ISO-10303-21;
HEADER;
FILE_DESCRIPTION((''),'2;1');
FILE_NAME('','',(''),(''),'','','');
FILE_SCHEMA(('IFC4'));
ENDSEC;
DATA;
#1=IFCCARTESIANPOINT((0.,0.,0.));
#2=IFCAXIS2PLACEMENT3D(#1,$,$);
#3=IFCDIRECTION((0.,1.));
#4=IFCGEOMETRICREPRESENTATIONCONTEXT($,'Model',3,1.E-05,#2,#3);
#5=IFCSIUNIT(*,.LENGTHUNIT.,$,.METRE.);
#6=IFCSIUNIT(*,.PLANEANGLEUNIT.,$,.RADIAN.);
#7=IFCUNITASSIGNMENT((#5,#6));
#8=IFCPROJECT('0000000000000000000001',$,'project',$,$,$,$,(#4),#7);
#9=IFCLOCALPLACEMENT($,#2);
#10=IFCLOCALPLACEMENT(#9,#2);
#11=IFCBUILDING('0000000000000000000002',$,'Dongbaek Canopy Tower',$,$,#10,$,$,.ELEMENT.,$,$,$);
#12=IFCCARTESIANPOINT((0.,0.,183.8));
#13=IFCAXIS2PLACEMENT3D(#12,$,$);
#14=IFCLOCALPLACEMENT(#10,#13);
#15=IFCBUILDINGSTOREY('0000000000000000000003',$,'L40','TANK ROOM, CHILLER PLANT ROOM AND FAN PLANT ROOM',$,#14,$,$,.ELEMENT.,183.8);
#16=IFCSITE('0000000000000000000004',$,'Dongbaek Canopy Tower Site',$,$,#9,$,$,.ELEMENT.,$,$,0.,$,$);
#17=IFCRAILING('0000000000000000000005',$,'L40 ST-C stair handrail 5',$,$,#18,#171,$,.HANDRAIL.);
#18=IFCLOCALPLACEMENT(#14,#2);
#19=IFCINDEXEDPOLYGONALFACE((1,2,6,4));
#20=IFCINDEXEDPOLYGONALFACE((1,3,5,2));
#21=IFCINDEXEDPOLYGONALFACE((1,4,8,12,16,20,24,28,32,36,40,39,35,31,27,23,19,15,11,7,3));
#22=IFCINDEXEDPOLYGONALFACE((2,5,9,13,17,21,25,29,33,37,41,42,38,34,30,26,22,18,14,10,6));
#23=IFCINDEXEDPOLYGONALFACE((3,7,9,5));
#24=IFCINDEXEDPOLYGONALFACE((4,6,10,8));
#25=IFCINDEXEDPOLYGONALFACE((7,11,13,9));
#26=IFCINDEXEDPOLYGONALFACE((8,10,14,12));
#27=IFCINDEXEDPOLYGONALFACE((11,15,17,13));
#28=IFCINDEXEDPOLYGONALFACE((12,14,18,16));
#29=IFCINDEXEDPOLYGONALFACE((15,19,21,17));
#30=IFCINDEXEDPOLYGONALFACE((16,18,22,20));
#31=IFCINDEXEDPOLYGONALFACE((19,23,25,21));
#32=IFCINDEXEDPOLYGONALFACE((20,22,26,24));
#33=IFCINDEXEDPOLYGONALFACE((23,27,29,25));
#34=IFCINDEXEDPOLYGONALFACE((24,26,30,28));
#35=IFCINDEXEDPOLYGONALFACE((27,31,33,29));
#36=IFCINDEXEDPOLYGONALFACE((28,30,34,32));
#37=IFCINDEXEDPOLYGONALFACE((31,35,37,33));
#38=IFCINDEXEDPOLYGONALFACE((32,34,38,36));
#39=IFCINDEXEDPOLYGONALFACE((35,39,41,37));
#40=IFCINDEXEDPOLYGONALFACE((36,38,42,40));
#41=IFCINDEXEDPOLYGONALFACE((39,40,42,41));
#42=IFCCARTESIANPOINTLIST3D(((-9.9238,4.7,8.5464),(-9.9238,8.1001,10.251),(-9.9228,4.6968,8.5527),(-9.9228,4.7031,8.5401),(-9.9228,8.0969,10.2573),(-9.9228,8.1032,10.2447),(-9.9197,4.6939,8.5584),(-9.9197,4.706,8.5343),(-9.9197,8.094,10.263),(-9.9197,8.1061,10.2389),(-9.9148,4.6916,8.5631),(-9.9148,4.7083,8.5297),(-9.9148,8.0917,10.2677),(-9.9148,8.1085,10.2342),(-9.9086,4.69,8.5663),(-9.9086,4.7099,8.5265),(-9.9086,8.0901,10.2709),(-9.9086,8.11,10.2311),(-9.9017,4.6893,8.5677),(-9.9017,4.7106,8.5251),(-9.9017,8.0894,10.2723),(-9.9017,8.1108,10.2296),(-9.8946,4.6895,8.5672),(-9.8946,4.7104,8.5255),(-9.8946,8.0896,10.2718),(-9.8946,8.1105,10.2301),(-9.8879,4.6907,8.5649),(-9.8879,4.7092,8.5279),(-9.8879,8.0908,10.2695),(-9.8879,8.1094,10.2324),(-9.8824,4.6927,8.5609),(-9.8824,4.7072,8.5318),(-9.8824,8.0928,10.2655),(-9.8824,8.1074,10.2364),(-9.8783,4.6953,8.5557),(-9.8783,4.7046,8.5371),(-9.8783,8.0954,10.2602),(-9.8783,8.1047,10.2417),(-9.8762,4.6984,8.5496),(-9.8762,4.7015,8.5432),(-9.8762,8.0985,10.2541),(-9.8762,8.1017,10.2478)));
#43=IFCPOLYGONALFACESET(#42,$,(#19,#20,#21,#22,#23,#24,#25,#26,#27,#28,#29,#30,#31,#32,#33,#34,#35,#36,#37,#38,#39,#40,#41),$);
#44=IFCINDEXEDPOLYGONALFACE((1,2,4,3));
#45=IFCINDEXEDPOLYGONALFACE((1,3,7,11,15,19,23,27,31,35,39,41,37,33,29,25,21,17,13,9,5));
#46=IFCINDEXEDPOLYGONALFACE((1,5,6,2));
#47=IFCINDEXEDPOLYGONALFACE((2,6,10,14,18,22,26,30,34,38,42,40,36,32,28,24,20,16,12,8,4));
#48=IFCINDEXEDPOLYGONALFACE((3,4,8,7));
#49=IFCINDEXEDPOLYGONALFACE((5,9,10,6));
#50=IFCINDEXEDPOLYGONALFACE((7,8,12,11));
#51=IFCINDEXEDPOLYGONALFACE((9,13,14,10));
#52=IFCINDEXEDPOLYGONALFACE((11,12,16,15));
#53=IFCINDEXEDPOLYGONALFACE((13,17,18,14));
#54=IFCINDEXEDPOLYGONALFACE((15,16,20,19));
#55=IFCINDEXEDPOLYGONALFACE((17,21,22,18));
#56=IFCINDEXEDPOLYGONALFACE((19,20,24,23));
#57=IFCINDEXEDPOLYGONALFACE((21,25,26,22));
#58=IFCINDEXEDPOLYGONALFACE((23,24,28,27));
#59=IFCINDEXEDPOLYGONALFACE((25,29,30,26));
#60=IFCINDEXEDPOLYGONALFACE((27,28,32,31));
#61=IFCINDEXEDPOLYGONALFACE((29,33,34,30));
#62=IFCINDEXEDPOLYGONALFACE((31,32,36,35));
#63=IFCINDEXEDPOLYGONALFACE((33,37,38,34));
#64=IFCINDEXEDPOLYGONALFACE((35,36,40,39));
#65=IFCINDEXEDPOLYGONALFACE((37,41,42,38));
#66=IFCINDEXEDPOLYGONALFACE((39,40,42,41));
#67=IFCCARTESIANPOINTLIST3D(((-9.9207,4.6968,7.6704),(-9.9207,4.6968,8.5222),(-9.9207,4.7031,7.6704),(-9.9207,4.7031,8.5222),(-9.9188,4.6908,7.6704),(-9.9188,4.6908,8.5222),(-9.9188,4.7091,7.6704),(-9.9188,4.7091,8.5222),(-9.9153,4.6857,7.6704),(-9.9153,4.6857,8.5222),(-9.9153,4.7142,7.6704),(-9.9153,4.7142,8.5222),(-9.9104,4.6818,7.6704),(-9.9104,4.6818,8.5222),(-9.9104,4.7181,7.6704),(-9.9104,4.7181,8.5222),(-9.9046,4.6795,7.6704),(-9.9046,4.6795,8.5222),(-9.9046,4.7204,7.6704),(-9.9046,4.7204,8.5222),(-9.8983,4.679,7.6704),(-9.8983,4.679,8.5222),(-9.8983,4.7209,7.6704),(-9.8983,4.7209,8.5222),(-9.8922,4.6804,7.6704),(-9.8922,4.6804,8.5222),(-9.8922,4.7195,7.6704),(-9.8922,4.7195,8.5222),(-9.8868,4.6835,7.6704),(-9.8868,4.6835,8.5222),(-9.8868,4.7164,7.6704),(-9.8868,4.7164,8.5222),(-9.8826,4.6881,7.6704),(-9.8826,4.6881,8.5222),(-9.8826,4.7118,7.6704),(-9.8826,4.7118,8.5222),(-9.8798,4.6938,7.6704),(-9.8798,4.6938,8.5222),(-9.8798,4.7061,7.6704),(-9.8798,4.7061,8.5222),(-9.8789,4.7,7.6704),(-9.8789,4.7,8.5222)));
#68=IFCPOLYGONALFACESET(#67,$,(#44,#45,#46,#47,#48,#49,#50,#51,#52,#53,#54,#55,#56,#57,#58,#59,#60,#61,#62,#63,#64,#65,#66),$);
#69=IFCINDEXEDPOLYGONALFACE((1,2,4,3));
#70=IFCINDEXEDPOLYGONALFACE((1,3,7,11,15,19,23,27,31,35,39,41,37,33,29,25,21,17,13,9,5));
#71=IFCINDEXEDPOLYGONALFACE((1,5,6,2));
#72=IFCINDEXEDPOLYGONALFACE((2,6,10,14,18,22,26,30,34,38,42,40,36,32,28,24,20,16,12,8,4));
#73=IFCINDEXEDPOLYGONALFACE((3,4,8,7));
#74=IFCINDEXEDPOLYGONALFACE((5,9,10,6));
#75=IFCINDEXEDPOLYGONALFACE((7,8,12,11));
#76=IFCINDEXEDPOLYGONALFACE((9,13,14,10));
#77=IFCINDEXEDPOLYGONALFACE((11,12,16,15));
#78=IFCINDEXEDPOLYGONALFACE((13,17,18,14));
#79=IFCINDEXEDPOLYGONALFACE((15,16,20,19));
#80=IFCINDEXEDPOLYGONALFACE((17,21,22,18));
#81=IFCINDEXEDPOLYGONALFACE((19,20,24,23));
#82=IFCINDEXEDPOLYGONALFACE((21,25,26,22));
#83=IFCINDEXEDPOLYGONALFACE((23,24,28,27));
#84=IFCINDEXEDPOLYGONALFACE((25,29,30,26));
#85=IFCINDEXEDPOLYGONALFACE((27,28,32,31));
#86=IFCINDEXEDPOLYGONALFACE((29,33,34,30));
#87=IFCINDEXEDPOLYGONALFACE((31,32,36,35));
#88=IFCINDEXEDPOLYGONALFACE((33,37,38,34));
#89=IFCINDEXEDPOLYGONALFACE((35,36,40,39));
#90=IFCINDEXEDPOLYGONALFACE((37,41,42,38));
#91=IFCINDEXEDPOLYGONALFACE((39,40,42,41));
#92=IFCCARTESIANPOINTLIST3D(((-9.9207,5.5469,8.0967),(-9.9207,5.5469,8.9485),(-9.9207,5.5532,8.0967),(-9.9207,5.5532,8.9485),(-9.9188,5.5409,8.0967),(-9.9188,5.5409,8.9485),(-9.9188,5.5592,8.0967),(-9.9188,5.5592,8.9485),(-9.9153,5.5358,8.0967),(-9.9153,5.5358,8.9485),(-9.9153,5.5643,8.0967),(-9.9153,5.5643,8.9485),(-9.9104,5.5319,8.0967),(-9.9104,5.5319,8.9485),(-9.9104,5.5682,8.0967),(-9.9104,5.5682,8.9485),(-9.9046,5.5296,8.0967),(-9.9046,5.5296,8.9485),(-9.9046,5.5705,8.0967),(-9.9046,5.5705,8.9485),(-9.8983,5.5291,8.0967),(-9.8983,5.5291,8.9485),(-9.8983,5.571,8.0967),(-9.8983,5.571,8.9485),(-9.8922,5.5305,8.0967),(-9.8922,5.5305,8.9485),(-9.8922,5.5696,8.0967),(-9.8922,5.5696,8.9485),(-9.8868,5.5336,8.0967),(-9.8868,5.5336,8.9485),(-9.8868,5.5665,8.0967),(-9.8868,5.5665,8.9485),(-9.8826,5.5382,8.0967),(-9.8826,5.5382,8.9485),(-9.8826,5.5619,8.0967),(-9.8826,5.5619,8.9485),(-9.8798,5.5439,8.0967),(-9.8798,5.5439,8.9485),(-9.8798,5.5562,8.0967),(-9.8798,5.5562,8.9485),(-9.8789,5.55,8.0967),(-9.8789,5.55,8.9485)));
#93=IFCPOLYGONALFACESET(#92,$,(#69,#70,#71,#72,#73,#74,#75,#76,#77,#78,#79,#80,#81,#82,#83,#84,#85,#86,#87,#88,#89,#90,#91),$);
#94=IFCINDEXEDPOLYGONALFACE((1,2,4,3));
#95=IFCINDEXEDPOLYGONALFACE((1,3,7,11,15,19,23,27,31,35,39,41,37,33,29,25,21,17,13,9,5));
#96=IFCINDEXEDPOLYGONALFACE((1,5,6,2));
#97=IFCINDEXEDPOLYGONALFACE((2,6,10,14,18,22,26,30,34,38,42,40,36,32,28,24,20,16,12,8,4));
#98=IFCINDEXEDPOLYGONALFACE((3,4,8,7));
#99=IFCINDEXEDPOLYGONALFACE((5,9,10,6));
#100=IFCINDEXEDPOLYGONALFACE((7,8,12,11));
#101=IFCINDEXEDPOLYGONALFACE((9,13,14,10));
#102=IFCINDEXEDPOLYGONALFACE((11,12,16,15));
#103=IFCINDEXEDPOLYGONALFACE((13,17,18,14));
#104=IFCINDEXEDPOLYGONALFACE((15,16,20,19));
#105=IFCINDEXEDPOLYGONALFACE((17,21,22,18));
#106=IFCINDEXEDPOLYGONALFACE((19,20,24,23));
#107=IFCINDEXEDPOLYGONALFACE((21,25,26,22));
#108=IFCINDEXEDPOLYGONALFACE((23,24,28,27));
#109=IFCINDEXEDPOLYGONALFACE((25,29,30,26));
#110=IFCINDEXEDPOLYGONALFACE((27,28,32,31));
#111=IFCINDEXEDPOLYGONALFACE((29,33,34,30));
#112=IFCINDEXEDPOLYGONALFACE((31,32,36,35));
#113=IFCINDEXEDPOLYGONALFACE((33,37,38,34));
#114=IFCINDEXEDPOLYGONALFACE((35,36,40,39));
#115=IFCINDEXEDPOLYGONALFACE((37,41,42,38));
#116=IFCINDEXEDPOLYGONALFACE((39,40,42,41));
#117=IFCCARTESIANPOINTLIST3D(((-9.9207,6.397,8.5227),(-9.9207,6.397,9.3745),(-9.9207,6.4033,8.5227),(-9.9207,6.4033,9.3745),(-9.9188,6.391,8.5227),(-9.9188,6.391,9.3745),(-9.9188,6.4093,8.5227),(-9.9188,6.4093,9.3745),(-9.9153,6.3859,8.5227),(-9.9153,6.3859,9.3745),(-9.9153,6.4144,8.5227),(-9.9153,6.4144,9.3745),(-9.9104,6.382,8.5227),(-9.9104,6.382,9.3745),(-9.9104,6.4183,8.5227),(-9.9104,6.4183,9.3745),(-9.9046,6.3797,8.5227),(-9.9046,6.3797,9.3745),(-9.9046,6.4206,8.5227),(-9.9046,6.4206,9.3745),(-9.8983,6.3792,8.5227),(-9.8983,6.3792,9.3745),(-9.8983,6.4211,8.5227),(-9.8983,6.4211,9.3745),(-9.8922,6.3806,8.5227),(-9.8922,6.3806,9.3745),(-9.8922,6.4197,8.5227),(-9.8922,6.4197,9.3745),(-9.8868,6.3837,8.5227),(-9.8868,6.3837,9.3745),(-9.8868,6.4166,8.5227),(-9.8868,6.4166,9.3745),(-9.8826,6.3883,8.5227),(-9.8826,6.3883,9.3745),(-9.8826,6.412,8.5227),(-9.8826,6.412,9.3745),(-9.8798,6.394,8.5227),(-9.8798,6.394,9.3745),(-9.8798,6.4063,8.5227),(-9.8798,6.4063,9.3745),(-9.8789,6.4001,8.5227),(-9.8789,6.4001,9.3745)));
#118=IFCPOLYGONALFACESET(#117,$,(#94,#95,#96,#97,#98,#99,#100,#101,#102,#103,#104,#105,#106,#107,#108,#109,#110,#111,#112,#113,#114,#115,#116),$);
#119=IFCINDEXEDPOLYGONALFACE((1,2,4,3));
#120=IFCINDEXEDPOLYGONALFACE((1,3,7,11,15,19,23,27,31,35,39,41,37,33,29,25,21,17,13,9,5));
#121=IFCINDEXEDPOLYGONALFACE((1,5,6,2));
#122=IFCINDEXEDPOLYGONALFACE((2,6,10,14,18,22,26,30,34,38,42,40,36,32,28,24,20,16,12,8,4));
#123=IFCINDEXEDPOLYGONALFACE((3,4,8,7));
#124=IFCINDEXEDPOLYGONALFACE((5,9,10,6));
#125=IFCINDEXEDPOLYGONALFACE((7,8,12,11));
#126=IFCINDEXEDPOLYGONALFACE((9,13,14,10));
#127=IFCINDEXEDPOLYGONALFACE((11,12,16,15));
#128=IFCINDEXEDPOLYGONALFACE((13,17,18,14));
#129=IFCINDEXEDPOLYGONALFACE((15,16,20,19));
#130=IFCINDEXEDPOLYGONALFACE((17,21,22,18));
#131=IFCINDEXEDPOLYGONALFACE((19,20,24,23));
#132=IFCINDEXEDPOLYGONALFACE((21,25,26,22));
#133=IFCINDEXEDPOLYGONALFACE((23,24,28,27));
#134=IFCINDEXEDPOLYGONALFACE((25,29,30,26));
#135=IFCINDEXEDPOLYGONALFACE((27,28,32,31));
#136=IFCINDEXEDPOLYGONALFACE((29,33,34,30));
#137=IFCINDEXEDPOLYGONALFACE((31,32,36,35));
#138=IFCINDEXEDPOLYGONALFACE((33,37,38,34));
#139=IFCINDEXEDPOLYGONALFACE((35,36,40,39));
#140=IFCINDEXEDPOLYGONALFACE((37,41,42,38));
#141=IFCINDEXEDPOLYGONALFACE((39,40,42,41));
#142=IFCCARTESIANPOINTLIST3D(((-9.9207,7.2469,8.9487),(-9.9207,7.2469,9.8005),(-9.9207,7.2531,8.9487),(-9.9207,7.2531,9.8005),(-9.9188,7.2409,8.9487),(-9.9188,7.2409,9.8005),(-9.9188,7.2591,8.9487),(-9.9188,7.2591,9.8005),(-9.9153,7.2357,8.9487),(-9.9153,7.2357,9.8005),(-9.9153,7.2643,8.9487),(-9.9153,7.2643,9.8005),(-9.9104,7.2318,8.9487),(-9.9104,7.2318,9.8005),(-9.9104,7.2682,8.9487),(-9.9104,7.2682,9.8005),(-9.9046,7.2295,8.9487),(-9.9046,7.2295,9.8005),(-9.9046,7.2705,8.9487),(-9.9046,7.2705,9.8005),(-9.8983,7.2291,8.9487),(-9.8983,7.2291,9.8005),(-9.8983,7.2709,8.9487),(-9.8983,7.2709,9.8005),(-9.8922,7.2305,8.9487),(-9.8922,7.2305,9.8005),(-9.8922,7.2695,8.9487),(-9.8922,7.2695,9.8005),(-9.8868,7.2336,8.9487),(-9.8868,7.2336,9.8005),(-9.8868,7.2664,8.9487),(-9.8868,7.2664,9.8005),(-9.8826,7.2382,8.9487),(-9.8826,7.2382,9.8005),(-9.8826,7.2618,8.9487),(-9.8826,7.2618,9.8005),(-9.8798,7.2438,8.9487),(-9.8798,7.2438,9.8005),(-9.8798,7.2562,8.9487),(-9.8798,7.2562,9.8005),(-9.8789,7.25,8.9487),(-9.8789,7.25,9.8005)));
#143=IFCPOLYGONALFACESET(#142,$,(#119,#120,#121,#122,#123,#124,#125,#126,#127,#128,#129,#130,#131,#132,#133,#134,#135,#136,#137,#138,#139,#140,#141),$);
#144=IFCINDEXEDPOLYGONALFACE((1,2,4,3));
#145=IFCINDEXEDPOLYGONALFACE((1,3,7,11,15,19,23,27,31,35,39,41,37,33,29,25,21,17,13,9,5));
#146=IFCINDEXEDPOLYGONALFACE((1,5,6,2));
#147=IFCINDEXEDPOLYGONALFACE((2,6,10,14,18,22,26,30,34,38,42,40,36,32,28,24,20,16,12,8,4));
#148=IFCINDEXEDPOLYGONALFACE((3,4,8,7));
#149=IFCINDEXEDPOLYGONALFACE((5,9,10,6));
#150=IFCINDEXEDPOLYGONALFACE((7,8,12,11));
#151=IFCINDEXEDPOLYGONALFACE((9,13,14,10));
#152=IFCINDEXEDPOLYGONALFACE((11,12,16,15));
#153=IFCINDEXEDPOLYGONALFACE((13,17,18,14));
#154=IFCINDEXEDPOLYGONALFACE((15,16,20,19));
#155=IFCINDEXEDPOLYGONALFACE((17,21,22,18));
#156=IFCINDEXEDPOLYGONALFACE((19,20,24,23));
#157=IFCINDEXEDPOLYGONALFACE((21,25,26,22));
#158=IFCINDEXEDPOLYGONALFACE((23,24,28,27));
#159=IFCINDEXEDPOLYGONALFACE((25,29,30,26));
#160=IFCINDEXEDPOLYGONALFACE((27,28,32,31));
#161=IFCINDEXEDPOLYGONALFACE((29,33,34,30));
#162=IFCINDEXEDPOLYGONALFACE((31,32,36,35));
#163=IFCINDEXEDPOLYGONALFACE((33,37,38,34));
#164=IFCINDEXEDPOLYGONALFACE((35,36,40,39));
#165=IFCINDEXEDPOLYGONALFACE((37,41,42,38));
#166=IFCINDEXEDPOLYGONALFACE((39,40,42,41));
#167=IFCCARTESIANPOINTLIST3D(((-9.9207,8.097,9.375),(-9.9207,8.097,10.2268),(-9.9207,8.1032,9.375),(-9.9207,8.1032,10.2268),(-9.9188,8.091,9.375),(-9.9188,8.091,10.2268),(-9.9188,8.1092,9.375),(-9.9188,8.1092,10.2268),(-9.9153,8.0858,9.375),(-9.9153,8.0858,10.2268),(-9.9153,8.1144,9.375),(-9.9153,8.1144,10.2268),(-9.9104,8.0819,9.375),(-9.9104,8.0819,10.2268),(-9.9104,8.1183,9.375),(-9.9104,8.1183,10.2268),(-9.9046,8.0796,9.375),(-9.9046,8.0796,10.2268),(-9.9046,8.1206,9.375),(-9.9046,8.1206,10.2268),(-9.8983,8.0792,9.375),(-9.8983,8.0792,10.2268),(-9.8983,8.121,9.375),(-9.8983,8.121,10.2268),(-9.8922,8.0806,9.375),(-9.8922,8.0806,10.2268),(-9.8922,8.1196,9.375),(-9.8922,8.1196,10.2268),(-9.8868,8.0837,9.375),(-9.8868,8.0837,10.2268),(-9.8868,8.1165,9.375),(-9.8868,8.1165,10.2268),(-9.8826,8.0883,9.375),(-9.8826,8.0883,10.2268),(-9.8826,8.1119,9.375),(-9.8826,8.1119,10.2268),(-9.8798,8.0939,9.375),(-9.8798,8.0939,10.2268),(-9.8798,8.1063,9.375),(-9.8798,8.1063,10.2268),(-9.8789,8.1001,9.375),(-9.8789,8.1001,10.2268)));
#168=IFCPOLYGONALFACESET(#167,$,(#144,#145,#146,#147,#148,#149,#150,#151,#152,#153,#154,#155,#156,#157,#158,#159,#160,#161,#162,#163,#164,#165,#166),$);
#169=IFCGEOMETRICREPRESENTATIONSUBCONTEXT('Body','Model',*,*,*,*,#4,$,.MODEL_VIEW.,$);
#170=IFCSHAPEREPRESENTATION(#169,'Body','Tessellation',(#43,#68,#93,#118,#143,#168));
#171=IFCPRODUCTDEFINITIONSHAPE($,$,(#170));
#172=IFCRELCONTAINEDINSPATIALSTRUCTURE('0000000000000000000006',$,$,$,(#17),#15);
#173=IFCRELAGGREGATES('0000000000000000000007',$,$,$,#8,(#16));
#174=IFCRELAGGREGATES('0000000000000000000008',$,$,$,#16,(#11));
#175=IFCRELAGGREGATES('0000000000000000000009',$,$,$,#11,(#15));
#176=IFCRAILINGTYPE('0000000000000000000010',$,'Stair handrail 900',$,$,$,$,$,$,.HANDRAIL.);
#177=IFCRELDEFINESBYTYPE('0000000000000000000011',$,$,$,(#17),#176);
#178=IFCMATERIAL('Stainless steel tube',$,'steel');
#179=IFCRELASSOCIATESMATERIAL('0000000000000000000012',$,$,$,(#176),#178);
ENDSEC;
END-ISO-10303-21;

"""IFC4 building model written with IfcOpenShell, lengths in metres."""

from ifc_helpers import new_model, si_unit, direction, frame, origin, origin_2d, place, context, subcontext, project, spatial, circle, extrude, material, type_object, element, save


model = new_model("IFC4")

# Units and contexts
model_context = context("Model", 3, precision=1e-05, world=origin(), true_north=direction((0.0, 1.0)))
body_context = subcontext(model_context, "Body", "Model", "MODEL_VIEW")
ifc_project = project(units=[si_unit("LENGTHUNIT", "METRE"), si_unit("PLANEANGLEUNIT", "RADIAN")], contexts=[model_context])

# Site, building, storey
site_placement = place(None, origin())
site = spatial("IfcSite", under=ifc_project, at=site_placement, Name="Dongbaek Canopy Tower Site", CompositionType="ELEMENT", RefElevation=0.0)
building_placement = place(site_placement, origin())
building = spatial("IfcBuilding", under=site, at=building_placement, Name="Dongbaek Canopy Tower", CompositionType="ELEMENT")
storey_placement = place(building_placement, frame((0.0, 0.0, 183.8)))
storey = spatial("IfcBuildingStorey", under=building, at=storey_placement, Name="L40", Description="TANK ROOM, CHILLER PLANT ROOM AND FAN PLANT ROOM", CompositionType="ELEMENT", Elevation=183.8)

# Railing
ifc_material_1 = material(Name="Stainless steel tube", Category="steel")
railing_type = type_object("IfcRailingType", Name="Stair handrail 900", PredefinedType="HANDRAIL", material=ifc_material_1)
for number, where, name in (
    (1, (-9.8999, 4.7, 7.6704), "L40 ST-C stair handrail 5"),
):
    element("IfcRailing", number, at=place(storey_placement, frame(where)), inside=storey, type_object=railing_type, Name=name, PredefinedType="HANDRAIL", context=body_context, shape_type="SweptSolid", body=[
        extrude(circle(Radius=0.0239, at=origin_2d()), frame((0.0, 0.0, 0.876), z_axis=(0.0, 0.893952, 0.448163), x_axis=(-1.0, 0.0, 0.0)), (0.0, 0.0, 1.0), 3.8035),
        extrude(circle(Radius=0.021, at=origin_2d()), origin(), (0.0, 0.0, 1.0), 0.8518),
        extrude(circle(Radius=0.021, at=origin_2d()), frame((0.0, 0.8501, 0.4263)), (0.0, 0.0, 1.0), 0.8518),
        extrude(circle(Radius=0.021, at=origin_2d()), frame((0.0, 1.7002, 0.8523)), (0.0, 0.0, 1.0), 0.8518),
        extrude(circle(Radius=0.021, at=origin_2d()), frame((0.0, 2.55, 1.2783)), (0.0, 0.0, 1.0), 0.8518),
        extrude(circle(Radius=0.021, at=origin_2d()), frame((0.0, 3.4001, 1.7046)), (0.0, 0.0, 1.0), 0.8518),
    ])

save(model, "model.ifc")
